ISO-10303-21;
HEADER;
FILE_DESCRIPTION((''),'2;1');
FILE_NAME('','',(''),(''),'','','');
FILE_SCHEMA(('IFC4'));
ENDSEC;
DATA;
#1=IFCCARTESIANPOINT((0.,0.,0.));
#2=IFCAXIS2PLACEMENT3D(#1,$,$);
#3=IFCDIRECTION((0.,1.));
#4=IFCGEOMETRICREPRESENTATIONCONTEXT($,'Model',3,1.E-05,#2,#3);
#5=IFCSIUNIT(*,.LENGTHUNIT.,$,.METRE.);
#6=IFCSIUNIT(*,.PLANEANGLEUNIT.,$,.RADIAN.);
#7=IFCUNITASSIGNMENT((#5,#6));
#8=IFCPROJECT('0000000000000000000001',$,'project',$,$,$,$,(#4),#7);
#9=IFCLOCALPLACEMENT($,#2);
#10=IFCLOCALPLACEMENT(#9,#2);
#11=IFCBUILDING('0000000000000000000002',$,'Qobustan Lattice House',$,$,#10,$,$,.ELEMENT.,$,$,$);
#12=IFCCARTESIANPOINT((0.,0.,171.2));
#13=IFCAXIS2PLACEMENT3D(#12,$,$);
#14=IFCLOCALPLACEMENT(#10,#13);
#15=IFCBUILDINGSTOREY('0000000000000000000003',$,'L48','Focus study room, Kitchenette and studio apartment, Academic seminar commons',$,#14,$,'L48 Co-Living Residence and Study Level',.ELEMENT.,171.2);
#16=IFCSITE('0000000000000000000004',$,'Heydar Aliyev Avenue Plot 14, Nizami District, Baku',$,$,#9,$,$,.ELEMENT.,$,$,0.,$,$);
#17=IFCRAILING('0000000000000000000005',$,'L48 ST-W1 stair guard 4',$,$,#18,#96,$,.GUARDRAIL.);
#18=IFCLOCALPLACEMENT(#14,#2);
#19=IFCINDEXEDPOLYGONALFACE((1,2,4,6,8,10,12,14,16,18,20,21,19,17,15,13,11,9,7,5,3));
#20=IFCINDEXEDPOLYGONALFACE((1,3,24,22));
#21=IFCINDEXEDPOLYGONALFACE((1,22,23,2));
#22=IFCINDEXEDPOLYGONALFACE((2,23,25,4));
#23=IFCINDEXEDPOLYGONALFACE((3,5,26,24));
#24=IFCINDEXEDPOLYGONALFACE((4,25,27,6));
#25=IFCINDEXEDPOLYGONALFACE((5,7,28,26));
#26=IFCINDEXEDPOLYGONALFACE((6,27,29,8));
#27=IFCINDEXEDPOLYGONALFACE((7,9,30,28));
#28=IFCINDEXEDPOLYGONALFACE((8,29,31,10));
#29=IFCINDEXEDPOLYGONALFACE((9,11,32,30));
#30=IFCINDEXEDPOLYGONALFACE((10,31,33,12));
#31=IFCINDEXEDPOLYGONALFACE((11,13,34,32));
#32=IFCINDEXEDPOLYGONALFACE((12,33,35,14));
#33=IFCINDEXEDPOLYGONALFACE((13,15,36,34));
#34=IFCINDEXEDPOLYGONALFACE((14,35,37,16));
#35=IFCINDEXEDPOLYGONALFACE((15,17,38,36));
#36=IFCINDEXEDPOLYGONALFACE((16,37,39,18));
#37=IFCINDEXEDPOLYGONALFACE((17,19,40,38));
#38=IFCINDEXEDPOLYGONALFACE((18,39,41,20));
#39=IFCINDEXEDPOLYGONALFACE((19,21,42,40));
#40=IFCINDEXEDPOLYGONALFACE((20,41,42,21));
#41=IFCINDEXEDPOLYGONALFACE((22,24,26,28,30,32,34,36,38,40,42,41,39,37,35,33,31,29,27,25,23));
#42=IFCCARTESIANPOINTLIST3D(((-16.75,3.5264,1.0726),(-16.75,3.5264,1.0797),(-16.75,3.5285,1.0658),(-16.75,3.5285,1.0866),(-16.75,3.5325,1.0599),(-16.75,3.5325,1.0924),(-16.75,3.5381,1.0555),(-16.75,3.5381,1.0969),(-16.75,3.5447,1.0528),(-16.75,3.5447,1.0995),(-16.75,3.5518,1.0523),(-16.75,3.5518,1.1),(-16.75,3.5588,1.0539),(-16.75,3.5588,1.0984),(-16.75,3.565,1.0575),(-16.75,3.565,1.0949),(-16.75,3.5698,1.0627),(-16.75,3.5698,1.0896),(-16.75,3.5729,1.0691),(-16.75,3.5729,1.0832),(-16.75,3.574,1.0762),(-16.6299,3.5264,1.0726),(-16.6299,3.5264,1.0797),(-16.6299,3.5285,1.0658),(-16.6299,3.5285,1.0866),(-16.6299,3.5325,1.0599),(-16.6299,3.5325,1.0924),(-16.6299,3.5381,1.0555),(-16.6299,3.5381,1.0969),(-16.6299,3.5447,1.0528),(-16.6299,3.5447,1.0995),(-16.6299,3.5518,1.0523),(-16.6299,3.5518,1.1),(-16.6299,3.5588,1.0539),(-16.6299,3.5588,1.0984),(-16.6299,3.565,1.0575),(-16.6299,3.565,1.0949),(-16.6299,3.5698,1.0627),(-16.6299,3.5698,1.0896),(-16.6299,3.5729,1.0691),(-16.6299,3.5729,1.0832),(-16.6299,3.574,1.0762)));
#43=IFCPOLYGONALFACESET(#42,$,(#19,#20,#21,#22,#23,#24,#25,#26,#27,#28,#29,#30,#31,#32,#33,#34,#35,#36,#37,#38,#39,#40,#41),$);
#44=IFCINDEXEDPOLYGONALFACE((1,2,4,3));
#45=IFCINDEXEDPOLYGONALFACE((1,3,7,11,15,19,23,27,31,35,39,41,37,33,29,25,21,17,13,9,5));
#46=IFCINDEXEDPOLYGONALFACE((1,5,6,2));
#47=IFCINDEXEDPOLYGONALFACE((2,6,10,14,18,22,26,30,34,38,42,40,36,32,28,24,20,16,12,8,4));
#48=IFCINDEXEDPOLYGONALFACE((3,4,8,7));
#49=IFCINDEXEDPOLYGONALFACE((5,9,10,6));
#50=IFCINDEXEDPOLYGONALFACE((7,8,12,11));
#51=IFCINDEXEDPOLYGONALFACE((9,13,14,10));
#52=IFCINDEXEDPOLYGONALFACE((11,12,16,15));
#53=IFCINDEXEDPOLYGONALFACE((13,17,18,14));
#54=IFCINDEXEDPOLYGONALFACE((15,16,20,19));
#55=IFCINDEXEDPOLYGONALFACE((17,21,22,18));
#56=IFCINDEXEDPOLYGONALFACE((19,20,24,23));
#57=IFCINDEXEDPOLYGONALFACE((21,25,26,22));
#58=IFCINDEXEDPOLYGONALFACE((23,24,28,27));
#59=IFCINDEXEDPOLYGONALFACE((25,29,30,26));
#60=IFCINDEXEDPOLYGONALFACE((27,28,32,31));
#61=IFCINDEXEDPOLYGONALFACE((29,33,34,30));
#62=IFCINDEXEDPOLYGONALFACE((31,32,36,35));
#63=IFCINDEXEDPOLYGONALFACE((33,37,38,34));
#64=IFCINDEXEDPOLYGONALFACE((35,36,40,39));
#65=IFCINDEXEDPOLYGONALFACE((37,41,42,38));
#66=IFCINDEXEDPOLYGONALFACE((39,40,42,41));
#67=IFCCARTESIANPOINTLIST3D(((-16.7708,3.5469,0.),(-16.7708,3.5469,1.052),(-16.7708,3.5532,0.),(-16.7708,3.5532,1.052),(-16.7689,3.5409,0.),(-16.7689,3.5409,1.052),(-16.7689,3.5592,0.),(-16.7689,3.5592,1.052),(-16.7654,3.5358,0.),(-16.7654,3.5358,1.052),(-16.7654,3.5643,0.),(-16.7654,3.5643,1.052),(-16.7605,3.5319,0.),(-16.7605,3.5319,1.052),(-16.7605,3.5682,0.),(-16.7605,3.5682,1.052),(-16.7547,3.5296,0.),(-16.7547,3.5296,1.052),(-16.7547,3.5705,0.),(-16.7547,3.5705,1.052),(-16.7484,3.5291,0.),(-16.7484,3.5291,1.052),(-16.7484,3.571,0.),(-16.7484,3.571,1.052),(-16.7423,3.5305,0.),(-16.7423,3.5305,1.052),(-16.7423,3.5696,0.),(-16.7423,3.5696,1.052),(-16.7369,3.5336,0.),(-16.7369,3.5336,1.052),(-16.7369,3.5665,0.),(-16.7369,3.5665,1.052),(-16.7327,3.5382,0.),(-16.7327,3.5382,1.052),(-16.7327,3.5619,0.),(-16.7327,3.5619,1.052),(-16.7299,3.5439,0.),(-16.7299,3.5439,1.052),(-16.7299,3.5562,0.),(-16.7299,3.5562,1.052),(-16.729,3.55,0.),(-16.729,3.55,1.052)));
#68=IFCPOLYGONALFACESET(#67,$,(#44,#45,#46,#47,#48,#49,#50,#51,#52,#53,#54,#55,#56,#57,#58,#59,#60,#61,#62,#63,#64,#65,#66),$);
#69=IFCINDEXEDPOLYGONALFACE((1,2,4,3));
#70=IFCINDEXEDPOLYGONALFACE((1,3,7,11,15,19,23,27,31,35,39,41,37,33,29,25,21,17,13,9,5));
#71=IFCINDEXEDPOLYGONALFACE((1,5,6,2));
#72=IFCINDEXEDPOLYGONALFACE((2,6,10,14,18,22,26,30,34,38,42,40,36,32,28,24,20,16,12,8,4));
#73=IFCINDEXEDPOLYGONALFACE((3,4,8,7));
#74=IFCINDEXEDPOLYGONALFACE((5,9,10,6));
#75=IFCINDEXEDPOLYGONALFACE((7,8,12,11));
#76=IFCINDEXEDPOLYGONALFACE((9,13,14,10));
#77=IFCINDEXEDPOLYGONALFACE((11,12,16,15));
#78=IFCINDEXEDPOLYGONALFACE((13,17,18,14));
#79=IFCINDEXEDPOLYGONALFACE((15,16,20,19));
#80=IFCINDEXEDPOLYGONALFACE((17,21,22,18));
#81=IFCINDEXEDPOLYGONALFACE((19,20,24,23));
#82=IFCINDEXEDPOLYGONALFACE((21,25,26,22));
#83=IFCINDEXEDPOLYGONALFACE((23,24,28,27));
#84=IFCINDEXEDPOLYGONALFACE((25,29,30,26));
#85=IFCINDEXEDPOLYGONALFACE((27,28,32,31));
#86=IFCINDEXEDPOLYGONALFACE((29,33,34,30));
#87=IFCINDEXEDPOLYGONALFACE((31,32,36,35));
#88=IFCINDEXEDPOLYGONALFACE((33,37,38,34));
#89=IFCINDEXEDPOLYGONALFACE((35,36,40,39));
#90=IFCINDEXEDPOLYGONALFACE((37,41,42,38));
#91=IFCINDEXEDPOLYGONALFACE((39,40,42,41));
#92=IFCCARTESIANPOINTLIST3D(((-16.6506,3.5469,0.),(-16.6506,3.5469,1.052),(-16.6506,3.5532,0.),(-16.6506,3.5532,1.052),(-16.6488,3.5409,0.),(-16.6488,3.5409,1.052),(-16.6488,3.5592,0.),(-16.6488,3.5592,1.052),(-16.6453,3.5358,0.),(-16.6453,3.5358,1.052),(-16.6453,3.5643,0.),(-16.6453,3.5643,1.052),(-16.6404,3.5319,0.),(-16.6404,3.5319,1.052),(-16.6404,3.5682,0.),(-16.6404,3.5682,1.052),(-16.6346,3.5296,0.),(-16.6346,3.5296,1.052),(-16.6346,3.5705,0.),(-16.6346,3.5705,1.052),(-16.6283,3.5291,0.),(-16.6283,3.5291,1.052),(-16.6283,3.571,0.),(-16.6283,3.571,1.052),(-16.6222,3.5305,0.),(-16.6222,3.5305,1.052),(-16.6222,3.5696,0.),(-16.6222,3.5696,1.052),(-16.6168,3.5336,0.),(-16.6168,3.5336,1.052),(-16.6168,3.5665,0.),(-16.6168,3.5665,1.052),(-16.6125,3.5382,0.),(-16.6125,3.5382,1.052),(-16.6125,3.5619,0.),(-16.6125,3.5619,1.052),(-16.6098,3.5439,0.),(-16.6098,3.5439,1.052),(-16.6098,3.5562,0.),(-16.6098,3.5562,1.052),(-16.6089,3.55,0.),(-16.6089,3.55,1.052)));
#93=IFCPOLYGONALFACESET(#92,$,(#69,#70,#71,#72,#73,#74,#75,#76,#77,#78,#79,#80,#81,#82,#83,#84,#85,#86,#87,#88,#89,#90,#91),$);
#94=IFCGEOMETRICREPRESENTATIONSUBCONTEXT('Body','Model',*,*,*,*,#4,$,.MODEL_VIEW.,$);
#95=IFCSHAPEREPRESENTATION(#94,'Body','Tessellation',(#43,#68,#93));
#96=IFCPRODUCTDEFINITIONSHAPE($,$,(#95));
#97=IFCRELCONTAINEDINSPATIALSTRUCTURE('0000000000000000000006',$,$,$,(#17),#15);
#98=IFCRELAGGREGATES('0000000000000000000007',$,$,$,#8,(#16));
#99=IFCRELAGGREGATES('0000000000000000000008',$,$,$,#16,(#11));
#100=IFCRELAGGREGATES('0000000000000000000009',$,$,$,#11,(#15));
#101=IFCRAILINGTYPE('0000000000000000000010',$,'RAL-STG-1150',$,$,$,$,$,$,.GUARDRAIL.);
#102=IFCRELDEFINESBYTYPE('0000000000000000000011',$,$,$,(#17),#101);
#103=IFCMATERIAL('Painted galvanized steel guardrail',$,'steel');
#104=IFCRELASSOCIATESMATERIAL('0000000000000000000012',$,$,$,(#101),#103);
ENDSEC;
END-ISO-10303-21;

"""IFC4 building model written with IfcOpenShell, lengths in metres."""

from ifc_helpers import new_model, si_unit, direction, frame, origin, origin_2d, place, context, subcontext, project, spatial, circle, extrude, material, type_object, element, save


model = new_model("IFC4")

# Units and contexts
model_context = context("Model", 3, precision=1e-05, world=origin(), true_north=direction((0.0, 1.0)))
body_context = subcontext(model_context, "Body", "Model", "MODEL_VIEW")
ifc_project = project(units=[si_unit("LENGTHUNIT", "METRE"), si_unit("PLANEANGLEUNIT", "RADIAN")], contexts=[model_context])

# Site, building, storey
site_placement = place(None, origin())
site = spatial("IfcSite", under=ifc_project, at=site_placement, Name="Heydar Aliyev Avenue Plot 14, Nizami District, Baku", CompositionType="ELEMENT", RefElevation=0.0)
building_placement = place(site_placement, origin())
building = spatial("IfcBuilding", under=site, at=building_placement, Name="Qobustan Lattice House", CompositionType="ELEMENT")
storey_placement = place(building_placement, frame((0.0, 0.0, 171.2)))
storey = spatial("IfcBuildingStorey", under=building, at=storey_placement, Name="L48", Description="Focus study room, Kitchenette and studio apartment, Academic seminar commons", LongName="L48 Co-Living Residence and Study Level", CompositionType="ELEMENT", Elevation=171.2)

# Railing
ifc_material_1 = material(Name="Painted galvanized steel guardrail", Category="steel")
railing_type_1 = type_object("IfcRailingType", Name="RAL-STG-1150", PredefinedType="GUARDRAIL", material=ifc_material_1)
railing_1_placement = place(storey_placement, frame((-16.75, 3.55, 0.0)))
element("IfcRailing", 1, at=railing_1_placement, inside=storey, type_object=railing_type_1, Name="L48 ST-W1 stair guard 4", PredefinedType="GUARDRAIL", context=body_context, shape_type="SweptSolid", body=[
    extrude(circle(Radius=0.0239, at=origin_2d()), frame((0.0, 0.0, 1.0762), z_axis=(1.0, 0.0, 0.0), x_axis=(0.0, 1.0, 0.0)), (0.0, 0.0, 1.0), 0.1201),
    extrude(circle(Radius=0.021, at=origin_2d()), origin(), (0.0, 0.0, 1.0), 1.052),
    extrude(circle(Radius=0.021, at=origin_2d()), frame((0.1201, 0.0, 0.0)), (0.0, 0.0, 1.0), 1.052),
])

save(model, "model.ifc")
